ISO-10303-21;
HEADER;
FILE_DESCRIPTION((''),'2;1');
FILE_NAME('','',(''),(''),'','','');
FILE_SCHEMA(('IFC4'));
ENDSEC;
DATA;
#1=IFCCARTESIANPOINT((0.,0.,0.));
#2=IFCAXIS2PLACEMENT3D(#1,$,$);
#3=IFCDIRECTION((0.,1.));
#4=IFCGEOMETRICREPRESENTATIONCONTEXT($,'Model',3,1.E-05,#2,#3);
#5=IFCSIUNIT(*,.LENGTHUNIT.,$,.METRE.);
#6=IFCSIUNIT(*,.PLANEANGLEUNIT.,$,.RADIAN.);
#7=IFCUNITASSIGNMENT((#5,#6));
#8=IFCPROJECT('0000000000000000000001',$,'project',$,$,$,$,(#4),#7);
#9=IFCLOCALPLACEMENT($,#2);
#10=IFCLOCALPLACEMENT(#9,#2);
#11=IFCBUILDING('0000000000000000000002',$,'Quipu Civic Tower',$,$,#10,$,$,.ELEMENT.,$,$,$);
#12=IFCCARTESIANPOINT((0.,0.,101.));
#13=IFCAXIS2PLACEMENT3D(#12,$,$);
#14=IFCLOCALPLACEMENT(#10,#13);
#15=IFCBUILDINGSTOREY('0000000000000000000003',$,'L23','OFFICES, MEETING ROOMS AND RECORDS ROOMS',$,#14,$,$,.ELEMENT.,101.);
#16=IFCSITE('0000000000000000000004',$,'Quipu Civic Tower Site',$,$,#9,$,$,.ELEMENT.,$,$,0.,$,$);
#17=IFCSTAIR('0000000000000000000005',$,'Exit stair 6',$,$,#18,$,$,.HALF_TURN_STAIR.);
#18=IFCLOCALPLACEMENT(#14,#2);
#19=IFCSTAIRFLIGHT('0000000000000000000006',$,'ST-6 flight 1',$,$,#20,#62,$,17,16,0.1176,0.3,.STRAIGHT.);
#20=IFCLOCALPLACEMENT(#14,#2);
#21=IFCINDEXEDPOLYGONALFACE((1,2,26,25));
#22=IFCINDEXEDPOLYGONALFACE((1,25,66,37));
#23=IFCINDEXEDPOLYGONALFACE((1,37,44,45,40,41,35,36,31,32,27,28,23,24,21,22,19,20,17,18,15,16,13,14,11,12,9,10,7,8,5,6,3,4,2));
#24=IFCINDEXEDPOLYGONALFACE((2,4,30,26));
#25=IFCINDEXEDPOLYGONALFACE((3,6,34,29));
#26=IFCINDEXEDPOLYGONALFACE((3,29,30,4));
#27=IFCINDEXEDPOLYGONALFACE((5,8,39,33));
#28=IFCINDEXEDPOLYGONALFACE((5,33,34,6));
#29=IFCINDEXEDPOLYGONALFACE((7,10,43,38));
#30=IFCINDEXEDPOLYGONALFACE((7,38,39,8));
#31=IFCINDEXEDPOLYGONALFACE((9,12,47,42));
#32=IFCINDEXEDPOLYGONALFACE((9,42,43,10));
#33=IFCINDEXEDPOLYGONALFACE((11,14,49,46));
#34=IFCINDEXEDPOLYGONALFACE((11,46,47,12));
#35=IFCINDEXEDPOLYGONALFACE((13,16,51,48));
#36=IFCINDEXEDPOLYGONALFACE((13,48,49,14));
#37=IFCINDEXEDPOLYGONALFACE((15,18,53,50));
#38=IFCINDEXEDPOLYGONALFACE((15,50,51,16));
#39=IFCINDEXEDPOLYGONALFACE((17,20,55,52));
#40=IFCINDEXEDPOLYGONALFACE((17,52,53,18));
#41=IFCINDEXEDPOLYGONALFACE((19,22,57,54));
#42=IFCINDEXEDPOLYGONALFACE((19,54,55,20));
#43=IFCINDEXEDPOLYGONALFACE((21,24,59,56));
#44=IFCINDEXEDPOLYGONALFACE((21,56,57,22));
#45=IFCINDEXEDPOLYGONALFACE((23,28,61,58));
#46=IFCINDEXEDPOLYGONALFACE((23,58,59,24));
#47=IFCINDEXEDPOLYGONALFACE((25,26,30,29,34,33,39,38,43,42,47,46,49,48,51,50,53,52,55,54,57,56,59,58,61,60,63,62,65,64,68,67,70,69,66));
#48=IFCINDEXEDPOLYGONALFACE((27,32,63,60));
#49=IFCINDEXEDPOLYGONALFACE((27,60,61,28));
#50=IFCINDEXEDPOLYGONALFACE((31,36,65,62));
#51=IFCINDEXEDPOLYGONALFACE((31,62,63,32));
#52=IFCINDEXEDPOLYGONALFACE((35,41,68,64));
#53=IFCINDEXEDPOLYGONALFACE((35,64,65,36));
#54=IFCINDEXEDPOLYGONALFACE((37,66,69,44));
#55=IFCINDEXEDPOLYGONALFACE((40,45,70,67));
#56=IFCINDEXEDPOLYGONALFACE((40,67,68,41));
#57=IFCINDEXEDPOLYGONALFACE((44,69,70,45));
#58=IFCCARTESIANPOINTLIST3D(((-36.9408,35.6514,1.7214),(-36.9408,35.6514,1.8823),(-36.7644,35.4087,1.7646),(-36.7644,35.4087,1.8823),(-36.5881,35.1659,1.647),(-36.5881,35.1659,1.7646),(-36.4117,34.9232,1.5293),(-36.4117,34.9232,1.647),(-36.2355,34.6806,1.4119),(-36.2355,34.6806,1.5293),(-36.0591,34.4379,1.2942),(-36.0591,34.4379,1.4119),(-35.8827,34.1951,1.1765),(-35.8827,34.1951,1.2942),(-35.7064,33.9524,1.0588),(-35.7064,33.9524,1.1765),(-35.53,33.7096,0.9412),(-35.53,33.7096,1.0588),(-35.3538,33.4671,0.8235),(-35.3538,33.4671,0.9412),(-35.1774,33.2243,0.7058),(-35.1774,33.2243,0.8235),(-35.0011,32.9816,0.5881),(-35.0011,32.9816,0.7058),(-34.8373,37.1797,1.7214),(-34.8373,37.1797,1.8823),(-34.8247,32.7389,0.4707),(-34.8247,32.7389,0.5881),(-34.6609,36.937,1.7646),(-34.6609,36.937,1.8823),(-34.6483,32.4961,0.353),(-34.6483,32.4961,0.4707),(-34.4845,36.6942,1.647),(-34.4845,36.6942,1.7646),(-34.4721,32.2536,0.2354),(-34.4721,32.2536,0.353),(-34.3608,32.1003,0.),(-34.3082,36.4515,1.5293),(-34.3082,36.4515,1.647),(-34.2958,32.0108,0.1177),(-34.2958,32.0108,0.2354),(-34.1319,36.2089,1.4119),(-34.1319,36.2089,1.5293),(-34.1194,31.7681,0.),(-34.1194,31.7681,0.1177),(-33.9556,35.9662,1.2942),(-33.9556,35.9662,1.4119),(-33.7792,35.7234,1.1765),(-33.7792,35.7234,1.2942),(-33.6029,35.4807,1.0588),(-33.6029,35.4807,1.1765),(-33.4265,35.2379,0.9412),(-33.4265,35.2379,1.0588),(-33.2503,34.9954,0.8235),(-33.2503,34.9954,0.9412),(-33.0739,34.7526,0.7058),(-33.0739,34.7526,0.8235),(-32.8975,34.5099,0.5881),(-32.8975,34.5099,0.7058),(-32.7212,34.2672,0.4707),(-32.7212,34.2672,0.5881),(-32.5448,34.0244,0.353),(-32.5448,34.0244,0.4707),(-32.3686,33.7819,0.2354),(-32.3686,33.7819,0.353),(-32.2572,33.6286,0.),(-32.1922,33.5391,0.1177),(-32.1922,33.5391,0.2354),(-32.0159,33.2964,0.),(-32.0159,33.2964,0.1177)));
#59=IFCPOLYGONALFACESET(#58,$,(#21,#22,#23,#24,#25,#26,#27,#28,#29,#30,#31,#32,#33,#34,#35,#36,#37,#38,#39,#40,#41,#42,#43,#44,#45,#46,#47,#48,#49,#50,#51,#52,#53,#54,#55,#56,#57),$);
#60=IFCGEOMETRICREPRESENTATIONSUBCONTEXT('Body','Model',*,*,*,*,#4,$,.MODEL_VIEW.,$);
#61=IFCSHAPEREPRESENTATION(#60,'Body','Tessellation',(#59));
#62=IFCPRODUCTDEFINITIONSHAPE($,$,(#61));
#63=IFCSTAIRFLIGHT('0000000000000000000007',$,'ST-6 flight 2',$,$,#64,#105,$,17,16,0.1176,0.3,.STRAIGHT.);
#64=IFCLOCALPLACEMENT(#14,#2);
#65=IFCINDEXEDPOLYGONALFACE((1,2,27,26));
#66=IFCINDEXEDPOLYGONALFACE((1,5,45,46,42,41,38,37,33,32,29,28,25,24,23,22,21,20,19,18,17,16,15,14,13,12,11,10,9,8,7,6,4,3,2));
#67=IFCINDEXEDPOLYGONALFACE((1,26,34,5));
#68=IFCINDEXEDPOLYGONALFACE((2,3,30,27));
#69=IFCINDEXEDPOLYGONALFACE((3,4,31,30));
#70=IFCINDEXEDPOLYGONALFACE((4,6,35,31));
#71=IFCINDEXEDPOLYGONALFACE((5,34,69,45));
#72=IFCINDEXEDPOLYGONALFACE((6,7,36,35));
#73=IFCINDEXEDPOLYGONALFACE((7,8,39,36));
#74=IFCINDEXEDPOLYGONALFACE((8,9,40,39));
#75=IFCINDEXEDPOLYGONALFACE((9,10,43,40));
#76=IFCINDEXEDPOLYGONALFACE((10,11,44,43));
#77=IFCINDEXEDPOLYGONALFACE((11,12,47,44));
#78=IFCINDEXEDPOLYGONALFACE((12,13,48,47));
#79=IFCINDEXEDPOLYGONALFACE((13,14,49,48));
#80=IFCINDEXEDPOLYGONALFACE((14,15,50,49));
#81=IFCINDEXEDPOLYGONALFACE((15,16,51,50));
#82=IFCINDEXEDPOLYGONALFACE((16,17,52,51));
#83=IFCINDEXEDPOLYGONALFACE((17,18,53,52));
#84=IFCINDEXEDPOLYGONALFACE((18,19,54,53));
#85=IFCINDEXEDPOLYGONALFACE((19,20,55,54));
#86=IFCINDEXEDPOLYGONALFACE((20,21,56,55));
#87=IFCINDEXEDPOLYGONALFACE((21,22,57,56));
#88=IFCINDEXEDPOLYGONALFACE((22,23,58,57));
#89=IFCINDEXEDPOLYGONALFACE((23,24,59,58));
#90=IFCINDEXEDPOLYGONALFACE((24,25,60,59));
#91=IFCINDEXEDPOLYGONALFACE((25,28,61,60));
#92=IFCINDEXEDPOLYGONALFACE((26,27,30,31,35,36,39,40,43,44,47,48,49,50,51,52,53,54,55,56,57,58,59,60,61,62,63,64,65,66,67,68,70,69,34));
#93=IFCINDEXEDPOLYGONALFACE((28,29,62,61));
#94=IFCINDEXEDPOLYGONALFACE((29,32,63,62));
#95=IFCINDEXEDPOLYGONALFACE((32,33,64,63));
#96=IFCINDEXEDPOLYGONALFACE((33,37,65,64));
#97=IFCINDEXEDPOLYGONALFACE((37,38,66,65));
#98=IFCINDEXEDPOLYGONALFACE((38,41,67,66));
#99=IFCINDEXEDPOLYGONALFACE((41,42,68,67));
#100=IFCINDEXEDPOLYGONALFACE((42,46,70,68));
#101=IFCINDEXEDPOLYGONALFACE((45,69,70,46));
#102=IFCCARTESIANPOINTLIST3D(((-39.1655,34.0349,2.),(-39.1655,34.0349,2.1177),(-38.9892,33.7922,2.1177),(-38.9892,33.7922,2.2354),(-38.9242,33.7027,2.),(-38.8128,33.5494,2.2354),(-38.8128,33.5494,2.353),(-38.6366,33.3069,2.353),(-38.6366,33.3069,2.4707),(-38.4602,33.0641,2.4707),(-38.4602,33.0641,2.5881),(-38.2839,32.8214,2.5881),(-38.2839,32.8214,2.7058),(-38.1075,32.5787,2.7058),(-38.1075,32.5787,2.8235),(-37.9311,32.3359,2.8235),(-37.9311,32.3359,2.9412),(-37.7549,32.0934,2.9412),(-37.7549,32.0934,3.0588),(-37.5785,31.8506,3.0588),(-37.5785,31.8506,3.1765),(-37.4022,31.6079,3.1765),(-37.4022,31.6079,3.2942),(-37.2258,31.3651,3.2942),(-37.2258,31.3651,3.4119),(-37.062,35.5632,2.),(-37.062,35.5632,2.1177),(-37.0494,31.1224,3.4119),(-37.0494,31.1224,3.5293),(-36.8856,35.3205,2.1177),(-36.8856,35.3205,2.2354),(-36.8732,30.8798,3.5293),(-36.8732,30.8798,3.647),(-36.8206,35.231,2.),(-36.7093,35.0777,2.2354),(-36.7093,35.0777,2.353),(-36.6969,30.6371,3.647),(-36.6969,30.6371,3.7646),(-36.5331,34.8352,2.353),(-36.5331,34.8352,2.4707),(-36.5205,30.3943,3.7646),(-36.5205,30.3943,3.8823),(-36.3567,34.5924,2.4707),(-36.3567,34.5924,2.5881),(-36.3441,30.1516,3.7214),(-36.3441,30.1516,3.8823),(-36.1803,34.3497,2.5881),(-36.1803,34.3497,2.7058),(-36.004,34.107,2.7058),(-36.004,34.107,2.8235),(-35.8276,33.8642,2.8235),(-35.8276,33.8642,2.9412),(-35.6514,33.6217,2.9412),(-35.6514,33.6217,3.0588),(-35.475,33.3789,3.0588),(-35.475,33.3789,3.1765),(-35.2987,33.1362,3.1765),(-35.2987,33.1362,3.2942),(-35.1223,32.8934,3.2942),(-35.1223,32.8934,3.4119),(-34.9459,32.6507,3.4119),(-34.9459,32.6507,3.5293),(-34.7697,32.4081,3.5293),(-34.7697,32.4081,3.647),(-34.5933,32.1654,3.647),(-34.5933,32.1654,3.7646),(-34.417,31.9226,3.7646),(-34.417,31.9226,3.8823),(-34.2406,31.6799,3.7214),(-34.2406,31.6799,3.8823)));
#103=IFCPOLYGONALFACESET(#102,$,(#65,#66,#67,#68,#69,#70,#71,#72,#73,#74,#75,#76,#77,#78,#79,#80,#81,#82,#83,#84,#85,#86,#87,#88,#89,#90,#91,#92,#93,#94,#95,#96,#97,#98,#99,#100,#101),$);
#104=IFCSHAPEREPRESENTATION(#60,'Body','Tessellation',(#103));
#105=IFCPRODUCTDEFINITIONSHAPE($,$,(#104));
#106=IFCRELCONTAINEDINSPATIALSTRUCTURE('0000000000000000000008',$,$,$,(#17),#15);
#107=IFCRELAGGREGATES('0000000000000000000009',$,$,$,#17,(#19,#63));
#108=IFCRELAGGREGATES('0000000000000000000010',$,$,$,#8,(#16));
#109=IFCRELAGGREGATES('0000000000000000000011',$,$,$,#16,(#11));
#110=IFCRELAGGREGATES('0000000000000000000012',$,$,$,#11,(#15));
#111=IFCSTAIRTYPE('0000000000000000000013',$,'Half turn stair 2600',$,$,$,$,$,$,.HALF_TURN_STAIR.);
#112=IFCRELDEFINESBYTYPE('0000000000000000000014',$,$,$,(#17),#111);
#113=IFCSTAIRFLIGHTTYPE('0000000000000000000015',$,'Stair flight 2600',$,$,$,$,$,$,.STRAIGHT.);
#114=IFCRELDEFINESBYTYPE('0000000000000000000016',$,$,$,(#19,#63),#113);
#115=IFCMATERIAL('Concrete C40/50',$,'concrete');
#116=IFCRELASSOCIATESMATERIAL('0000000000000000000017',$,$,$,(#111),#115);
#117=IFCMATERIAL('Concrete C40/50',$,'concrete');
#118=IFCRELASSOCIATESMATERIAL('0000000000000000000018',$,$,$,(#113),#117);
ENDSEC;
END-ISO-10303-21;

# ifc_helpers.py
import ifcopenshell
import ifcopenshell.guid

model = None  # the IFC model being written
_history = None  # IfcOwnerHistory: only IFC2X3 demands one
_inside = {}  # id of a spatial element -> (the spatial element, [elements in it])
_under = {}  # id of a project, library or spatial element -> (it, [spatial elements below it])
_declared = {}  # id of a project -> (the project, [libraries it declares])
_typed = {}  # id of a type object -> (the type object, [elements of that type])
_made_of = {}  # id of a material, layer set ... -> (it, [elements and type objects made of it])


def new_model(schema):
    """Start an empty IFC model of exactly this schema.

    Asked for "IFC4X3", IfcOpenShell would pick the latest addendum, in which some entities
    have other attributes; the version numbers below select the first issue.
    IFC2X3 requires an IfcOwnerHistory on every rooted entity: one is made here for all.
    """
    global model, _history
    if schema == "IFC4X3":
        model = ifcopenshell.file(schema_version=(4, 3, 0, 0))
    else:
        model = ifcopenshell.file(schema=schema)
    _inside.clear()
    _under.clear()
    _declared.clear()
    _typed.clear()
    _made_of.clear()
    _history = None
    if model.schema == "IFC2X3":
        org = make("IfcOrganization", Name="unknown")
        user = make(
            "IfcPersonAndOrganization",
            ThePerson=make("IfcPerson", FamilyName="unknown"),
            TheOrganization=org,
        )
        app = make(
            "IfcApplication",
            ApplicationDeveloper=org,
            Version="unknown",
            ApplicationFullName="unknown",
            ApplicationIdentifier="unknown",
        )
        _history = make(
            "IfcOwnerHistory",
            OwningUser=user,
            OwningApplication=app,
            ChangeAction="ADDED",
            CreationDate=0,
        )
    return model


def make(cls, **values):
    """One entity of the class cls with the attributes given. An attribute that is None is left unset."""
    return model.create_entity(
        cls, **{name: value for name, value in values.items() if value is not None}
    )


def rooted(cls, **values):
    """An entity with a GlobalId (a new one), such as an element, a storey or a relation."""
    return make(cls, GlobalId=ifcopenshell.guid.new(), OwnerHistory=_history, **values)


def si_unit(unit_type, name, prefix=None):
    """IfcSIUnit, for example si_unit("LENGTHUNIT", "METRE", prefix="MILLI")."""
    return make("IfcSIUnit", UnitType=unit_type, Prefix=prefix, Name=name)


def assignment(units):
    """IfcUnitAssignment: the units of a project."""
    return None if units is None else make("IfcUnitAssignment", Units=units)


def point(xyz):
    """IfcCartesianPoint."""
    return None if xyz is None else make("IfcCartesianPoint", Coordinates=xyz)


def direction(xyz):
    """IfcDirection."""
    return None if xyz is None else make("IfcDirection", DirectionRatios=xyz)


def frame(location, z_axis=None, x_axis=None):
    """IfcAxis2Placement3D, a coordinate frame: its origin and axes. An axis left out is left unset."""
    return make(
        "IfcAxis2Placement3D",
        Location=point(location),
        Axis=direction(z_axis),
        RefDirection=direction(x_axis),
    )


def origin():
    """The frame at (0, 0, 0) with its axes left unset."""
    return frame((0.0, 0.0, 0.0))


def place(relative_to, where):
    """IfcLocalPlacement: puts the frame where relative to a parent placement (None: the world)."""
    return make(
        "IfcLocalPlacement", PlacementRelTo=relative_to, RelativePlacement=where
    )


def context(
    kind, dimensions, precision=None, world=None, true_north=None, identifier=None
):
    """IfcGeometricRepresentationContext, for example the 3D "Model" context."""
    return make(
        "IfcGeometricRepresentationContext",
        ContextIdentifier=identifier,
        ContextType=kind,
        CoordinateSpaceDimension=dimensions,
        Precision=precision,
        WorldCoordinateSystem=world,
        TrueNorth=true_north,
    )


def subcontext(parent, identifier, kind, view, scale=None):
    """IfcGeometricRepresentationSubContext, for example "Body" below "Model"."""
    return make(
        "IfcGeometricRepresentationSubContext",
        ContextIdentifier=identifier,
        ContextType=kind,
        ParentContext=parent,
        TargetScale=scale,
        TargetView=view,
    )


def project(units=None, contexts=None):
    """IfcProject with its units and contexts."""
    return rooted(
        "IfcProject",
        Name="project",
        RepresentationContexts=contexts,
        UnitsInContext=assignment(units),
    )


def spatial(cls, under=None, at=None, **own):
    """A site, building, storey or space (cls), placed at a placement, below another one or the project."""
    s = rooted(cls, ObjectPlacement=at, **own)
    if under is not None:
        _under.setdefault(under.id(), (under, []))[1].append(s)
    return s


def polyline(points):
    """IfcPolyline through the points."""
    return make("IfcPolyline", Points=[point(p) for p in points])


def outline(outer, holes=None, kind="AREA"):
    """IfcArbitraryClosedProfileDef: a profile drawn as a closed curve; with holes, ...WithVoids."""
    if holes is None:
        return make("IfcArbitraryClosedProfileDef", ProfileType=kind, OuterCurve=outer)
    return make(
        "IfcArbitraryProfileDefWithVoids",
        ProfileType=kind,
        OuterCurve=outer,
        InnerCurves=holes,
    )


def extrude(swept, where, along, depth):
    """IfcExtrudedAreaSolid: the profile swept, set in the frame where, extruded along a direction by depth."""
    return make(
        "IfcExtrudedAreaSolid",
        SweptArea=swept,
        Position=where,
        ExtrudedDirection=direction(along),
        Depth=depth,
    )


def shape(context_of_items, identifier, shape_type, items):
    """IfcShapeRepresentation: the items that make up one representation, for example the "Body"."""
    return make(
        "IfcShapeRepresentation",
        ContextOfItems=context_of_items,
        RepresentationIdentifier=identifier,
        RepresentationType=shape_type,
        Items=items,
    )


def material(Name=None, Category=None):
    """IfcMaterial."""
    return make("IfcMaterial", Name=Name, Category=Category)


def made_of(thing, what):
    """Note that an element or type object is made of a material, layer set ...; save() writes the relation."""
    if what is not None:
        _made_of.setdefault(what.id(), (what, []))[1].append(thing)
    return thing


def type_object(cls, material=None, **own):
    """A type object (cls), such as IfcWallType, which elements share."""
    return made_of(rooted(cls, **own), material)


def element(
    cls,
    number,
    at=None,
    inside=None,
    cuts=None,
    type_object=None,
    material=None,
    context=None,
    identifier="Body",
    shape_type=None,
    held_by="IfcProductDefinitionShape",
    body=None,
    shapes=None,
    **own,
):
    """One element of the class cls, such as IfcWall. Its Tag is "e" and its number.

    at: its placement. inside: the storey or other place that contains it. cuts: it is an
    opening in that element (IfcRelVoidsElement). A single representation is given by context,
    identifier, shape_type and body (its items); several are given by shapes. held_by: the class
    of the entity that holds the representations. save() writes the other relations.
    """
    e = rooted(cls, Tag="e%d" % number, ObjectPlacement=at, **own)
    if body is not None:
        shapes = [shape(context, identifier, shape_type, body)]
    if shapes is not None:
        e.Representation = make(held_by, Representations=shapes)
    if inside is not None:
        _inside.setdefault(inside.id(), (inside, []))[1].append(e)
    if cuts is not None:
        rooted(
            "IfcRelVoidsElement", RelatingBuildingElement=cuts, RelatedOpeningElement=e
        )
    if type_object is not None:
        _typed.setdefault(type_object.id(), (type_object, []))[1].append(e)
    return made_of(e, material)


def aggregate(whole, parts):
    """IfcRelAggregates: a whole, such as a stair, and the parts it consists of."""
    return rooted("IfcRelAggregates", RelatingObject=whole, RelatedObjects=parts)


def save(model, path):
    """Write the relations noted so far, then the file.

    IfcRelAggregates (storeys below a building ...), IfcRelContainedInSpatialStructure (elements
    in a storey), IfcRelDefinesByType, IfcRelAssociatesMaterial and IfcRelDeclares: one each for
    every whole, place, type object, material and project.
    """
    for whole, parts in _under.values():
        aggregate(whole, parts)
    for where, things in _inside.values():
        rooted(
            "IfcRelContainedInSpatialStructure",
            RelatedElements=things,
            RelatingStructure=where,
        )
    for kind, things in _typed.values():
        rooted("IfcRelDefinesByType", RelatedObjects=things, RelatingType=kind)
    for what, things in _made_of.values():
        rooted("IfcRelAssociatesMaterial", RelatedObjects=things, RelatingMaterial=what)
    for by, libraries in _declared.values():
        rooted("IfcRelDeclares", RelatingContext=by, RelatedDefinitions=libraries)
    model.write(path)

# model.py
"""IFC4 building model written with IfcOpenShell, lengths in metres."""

from ifc_helpers import new_model, si_unit, direction, frame, origin, place, context, subcontext, project, spatial, polyline, outline, extrude, material, type_object, element, aggregate, save


model = new_model("IFC4")

# Units and contexts
model_context = context("Model", 3, precision=1e-05, world=origin(), true_north=direction((0.0, 1.0)))
body_context = subcontext(model_context, "Body", "Model", "MODEL_VIEW")
ifc_project = project(units=[si_unit("LENGTHUNIT", "METRE"), si_unit("PLANEANGLEUNIT", "RADIAN")], contexts=[model_context])

# Site, building, storey
site_placement = place(None, origin())
site = spatial("IfcSite", under=ifc_project, at=site_placement, Name="Quipu Civic Tower Site", CompositionType="ELEMENT", RefElevation=0.0)
building_placement = place(site_placement, origin())
building = spatial("IfcBuilding", under=site, at=building_placement, Name="Quipu Civic Tower", CompositionType="ELEMENT")
storey_placement = place(building_placement, frame((0.0, 0.0, 101.0)))
storey = spatial("IfcBuildingStorey", under=building, at=storey_placement, Name="L23", Description="OFFICES, MEETING ROOMS AND RECORDS ROOMS", CompositionType="ELEMENT", Elevation=101.0)

# Stair, stair flights
ifc_material_1 = material(Name="Concrete C40/50", Category="concrete")
stair_type = type_object("IfcStairType", Name="Half turn stair 2600", PredefinedType="HALF_TURN_STAIR", material=ifc_material_1)
stair_placement = place(storey_placement, origin())
stair = element("IfcStair", 1, at=stair_placement, inside=storey, type_object=stair_type, Name="Exit stair 6", PredefinedType="HALF_TURN_STAIR")
ifc_material_2 = material(Name="Concrete C40/50", Category="concrete")
stair_flight_type = type_object("IfcStairFlightType", Name="Stair flight 2600", PredefinedType="STRAIGHT", material=ifc_material_2)
stair_flight_1_placement = place(storey_placement, frame((-33.0676, 32.5322, 0.0), z_axis=(0.0, 0.0, 1.0), x_axis=(-0.587785, 0.809017, 0.0)))
stair_flight_1 = element("IfcStairFlight", 2, at=stair_flight_1_placement, type_object=stair_flight_type, Name="ST-6 flight 1", NumberOfRisers=17, NumberOfTreads=16, PredefinedType="STRAIGHT", RiserHeight=0.1176, TreadLength=0.3, context=body_context, shape_type="SweptSolid", body=[
    extrude(outline(polyline([(0.0, 0.0), (0.0, 0.1177), (0.3, 0.1177), (0.3, 0.2354), (0.6001, 0.2354), (0.6001, 0.353), (0.8999, 0.353), (0.8999, 0.4707), (1.2, 0.4707), (1.2, 0.5881), (1.5, 0.5881), (1.5, 0.7058), (1.8, 0.7058), (1.8, 0.8235), (2.1001, 0.8235), (2.1001, 0.9412), (2.3999, 0.9412), (2.3999, 1.0588), (2.7, 1.0588), (2.7, 1.1765), (3.0, 1.1765), (3.0, 1.2942), (3.3, 1.2942), (3.3, 1.4119), (3.6001, 1.4119), (3.6001, 1.5293), (3.8999, 1.5293), (3.8999, 1.647), (4.2, 1.647), (4.2, 1.7646), (4.5, 1.7646), (4.5, 1.8823), (4.8, 1.8823), (4.8, 2.0), (4.8, 1.7214), (0.4106, 0.0), (0.0, 0.0)])), frame((0.0, 1.3, 0.0), z_axis=(0.0, -1.0, 0.0), x_axis=(1.0, 0.0, 0.0)), (0.0, 0.0, 1.0), 2.6001),
])
stair_flight_2_placement = place(storey_placement, frame((-38.1138, 34.7991, 2.0), z_axis=(0.0, 0.0, 1.0), x_axis=(0.587785, -0.809017, 0.0)))
stair_flight_2 = element("IfcStairFlight", 3, at=stair_flight_2_placement, type_object=stair_flight_type, Name="ST-6 flight 2", NumberOfRisers=17, NumberOfTreads=16, PredefinedType="STRAIGHT", RiserHeight=0.1176, TreadLength=0.3, context=body_context, shape_type="SweptSolid", body=[
    extrude(outline(polyline([(0.0, 0.0), (0.0, 0.1177), (0.3, 0.1177), (0.3, 0.2354), (0.6001, 0.2354), (0.6001, 0.353), (0.8999, 0.353), (0.8999, 0.4707), (1.2, 0.4707), (1.2, 0.5881), (1.5, 0.5881), (1.5, 0.7058), (1.8, 0.7058), (1.8, 0.8235), (2.1001, 0.8235), (2.1001, 0.9412), (2.3999, 0.9412), (2.3999, 1.0588), (2.7, 1.0588), (2.7, 1.1765), (3.0, 1.1765), (3.0, 1.2942), (3.3, 1.2942), (3.3, 1.4119), (3.6001, 1.4119), (3.6001, 1.5293), (3.8999, 1.5293), (3.8999, 1.647), (4.2, 1.647), (4.2, 1.7646), (4.5, 1.7646), (4.5, 1.8823), (4.8, 1.8823), (4.8, 2.0), (4.8, 1.7214), (0.4106, 0.0), (0.0, 0.0)])), frame((0.0, 1.3, 0.0), z_axis=(0.0, -1.0, 0.0), x_axis=(1.0, 0.0, 0.0)), (0.0, 0.0, 1.0), 2.6001),
])
aggregate(stair, [stair_flight_1, stair_flight_2])

save(model, "model.ifc")
